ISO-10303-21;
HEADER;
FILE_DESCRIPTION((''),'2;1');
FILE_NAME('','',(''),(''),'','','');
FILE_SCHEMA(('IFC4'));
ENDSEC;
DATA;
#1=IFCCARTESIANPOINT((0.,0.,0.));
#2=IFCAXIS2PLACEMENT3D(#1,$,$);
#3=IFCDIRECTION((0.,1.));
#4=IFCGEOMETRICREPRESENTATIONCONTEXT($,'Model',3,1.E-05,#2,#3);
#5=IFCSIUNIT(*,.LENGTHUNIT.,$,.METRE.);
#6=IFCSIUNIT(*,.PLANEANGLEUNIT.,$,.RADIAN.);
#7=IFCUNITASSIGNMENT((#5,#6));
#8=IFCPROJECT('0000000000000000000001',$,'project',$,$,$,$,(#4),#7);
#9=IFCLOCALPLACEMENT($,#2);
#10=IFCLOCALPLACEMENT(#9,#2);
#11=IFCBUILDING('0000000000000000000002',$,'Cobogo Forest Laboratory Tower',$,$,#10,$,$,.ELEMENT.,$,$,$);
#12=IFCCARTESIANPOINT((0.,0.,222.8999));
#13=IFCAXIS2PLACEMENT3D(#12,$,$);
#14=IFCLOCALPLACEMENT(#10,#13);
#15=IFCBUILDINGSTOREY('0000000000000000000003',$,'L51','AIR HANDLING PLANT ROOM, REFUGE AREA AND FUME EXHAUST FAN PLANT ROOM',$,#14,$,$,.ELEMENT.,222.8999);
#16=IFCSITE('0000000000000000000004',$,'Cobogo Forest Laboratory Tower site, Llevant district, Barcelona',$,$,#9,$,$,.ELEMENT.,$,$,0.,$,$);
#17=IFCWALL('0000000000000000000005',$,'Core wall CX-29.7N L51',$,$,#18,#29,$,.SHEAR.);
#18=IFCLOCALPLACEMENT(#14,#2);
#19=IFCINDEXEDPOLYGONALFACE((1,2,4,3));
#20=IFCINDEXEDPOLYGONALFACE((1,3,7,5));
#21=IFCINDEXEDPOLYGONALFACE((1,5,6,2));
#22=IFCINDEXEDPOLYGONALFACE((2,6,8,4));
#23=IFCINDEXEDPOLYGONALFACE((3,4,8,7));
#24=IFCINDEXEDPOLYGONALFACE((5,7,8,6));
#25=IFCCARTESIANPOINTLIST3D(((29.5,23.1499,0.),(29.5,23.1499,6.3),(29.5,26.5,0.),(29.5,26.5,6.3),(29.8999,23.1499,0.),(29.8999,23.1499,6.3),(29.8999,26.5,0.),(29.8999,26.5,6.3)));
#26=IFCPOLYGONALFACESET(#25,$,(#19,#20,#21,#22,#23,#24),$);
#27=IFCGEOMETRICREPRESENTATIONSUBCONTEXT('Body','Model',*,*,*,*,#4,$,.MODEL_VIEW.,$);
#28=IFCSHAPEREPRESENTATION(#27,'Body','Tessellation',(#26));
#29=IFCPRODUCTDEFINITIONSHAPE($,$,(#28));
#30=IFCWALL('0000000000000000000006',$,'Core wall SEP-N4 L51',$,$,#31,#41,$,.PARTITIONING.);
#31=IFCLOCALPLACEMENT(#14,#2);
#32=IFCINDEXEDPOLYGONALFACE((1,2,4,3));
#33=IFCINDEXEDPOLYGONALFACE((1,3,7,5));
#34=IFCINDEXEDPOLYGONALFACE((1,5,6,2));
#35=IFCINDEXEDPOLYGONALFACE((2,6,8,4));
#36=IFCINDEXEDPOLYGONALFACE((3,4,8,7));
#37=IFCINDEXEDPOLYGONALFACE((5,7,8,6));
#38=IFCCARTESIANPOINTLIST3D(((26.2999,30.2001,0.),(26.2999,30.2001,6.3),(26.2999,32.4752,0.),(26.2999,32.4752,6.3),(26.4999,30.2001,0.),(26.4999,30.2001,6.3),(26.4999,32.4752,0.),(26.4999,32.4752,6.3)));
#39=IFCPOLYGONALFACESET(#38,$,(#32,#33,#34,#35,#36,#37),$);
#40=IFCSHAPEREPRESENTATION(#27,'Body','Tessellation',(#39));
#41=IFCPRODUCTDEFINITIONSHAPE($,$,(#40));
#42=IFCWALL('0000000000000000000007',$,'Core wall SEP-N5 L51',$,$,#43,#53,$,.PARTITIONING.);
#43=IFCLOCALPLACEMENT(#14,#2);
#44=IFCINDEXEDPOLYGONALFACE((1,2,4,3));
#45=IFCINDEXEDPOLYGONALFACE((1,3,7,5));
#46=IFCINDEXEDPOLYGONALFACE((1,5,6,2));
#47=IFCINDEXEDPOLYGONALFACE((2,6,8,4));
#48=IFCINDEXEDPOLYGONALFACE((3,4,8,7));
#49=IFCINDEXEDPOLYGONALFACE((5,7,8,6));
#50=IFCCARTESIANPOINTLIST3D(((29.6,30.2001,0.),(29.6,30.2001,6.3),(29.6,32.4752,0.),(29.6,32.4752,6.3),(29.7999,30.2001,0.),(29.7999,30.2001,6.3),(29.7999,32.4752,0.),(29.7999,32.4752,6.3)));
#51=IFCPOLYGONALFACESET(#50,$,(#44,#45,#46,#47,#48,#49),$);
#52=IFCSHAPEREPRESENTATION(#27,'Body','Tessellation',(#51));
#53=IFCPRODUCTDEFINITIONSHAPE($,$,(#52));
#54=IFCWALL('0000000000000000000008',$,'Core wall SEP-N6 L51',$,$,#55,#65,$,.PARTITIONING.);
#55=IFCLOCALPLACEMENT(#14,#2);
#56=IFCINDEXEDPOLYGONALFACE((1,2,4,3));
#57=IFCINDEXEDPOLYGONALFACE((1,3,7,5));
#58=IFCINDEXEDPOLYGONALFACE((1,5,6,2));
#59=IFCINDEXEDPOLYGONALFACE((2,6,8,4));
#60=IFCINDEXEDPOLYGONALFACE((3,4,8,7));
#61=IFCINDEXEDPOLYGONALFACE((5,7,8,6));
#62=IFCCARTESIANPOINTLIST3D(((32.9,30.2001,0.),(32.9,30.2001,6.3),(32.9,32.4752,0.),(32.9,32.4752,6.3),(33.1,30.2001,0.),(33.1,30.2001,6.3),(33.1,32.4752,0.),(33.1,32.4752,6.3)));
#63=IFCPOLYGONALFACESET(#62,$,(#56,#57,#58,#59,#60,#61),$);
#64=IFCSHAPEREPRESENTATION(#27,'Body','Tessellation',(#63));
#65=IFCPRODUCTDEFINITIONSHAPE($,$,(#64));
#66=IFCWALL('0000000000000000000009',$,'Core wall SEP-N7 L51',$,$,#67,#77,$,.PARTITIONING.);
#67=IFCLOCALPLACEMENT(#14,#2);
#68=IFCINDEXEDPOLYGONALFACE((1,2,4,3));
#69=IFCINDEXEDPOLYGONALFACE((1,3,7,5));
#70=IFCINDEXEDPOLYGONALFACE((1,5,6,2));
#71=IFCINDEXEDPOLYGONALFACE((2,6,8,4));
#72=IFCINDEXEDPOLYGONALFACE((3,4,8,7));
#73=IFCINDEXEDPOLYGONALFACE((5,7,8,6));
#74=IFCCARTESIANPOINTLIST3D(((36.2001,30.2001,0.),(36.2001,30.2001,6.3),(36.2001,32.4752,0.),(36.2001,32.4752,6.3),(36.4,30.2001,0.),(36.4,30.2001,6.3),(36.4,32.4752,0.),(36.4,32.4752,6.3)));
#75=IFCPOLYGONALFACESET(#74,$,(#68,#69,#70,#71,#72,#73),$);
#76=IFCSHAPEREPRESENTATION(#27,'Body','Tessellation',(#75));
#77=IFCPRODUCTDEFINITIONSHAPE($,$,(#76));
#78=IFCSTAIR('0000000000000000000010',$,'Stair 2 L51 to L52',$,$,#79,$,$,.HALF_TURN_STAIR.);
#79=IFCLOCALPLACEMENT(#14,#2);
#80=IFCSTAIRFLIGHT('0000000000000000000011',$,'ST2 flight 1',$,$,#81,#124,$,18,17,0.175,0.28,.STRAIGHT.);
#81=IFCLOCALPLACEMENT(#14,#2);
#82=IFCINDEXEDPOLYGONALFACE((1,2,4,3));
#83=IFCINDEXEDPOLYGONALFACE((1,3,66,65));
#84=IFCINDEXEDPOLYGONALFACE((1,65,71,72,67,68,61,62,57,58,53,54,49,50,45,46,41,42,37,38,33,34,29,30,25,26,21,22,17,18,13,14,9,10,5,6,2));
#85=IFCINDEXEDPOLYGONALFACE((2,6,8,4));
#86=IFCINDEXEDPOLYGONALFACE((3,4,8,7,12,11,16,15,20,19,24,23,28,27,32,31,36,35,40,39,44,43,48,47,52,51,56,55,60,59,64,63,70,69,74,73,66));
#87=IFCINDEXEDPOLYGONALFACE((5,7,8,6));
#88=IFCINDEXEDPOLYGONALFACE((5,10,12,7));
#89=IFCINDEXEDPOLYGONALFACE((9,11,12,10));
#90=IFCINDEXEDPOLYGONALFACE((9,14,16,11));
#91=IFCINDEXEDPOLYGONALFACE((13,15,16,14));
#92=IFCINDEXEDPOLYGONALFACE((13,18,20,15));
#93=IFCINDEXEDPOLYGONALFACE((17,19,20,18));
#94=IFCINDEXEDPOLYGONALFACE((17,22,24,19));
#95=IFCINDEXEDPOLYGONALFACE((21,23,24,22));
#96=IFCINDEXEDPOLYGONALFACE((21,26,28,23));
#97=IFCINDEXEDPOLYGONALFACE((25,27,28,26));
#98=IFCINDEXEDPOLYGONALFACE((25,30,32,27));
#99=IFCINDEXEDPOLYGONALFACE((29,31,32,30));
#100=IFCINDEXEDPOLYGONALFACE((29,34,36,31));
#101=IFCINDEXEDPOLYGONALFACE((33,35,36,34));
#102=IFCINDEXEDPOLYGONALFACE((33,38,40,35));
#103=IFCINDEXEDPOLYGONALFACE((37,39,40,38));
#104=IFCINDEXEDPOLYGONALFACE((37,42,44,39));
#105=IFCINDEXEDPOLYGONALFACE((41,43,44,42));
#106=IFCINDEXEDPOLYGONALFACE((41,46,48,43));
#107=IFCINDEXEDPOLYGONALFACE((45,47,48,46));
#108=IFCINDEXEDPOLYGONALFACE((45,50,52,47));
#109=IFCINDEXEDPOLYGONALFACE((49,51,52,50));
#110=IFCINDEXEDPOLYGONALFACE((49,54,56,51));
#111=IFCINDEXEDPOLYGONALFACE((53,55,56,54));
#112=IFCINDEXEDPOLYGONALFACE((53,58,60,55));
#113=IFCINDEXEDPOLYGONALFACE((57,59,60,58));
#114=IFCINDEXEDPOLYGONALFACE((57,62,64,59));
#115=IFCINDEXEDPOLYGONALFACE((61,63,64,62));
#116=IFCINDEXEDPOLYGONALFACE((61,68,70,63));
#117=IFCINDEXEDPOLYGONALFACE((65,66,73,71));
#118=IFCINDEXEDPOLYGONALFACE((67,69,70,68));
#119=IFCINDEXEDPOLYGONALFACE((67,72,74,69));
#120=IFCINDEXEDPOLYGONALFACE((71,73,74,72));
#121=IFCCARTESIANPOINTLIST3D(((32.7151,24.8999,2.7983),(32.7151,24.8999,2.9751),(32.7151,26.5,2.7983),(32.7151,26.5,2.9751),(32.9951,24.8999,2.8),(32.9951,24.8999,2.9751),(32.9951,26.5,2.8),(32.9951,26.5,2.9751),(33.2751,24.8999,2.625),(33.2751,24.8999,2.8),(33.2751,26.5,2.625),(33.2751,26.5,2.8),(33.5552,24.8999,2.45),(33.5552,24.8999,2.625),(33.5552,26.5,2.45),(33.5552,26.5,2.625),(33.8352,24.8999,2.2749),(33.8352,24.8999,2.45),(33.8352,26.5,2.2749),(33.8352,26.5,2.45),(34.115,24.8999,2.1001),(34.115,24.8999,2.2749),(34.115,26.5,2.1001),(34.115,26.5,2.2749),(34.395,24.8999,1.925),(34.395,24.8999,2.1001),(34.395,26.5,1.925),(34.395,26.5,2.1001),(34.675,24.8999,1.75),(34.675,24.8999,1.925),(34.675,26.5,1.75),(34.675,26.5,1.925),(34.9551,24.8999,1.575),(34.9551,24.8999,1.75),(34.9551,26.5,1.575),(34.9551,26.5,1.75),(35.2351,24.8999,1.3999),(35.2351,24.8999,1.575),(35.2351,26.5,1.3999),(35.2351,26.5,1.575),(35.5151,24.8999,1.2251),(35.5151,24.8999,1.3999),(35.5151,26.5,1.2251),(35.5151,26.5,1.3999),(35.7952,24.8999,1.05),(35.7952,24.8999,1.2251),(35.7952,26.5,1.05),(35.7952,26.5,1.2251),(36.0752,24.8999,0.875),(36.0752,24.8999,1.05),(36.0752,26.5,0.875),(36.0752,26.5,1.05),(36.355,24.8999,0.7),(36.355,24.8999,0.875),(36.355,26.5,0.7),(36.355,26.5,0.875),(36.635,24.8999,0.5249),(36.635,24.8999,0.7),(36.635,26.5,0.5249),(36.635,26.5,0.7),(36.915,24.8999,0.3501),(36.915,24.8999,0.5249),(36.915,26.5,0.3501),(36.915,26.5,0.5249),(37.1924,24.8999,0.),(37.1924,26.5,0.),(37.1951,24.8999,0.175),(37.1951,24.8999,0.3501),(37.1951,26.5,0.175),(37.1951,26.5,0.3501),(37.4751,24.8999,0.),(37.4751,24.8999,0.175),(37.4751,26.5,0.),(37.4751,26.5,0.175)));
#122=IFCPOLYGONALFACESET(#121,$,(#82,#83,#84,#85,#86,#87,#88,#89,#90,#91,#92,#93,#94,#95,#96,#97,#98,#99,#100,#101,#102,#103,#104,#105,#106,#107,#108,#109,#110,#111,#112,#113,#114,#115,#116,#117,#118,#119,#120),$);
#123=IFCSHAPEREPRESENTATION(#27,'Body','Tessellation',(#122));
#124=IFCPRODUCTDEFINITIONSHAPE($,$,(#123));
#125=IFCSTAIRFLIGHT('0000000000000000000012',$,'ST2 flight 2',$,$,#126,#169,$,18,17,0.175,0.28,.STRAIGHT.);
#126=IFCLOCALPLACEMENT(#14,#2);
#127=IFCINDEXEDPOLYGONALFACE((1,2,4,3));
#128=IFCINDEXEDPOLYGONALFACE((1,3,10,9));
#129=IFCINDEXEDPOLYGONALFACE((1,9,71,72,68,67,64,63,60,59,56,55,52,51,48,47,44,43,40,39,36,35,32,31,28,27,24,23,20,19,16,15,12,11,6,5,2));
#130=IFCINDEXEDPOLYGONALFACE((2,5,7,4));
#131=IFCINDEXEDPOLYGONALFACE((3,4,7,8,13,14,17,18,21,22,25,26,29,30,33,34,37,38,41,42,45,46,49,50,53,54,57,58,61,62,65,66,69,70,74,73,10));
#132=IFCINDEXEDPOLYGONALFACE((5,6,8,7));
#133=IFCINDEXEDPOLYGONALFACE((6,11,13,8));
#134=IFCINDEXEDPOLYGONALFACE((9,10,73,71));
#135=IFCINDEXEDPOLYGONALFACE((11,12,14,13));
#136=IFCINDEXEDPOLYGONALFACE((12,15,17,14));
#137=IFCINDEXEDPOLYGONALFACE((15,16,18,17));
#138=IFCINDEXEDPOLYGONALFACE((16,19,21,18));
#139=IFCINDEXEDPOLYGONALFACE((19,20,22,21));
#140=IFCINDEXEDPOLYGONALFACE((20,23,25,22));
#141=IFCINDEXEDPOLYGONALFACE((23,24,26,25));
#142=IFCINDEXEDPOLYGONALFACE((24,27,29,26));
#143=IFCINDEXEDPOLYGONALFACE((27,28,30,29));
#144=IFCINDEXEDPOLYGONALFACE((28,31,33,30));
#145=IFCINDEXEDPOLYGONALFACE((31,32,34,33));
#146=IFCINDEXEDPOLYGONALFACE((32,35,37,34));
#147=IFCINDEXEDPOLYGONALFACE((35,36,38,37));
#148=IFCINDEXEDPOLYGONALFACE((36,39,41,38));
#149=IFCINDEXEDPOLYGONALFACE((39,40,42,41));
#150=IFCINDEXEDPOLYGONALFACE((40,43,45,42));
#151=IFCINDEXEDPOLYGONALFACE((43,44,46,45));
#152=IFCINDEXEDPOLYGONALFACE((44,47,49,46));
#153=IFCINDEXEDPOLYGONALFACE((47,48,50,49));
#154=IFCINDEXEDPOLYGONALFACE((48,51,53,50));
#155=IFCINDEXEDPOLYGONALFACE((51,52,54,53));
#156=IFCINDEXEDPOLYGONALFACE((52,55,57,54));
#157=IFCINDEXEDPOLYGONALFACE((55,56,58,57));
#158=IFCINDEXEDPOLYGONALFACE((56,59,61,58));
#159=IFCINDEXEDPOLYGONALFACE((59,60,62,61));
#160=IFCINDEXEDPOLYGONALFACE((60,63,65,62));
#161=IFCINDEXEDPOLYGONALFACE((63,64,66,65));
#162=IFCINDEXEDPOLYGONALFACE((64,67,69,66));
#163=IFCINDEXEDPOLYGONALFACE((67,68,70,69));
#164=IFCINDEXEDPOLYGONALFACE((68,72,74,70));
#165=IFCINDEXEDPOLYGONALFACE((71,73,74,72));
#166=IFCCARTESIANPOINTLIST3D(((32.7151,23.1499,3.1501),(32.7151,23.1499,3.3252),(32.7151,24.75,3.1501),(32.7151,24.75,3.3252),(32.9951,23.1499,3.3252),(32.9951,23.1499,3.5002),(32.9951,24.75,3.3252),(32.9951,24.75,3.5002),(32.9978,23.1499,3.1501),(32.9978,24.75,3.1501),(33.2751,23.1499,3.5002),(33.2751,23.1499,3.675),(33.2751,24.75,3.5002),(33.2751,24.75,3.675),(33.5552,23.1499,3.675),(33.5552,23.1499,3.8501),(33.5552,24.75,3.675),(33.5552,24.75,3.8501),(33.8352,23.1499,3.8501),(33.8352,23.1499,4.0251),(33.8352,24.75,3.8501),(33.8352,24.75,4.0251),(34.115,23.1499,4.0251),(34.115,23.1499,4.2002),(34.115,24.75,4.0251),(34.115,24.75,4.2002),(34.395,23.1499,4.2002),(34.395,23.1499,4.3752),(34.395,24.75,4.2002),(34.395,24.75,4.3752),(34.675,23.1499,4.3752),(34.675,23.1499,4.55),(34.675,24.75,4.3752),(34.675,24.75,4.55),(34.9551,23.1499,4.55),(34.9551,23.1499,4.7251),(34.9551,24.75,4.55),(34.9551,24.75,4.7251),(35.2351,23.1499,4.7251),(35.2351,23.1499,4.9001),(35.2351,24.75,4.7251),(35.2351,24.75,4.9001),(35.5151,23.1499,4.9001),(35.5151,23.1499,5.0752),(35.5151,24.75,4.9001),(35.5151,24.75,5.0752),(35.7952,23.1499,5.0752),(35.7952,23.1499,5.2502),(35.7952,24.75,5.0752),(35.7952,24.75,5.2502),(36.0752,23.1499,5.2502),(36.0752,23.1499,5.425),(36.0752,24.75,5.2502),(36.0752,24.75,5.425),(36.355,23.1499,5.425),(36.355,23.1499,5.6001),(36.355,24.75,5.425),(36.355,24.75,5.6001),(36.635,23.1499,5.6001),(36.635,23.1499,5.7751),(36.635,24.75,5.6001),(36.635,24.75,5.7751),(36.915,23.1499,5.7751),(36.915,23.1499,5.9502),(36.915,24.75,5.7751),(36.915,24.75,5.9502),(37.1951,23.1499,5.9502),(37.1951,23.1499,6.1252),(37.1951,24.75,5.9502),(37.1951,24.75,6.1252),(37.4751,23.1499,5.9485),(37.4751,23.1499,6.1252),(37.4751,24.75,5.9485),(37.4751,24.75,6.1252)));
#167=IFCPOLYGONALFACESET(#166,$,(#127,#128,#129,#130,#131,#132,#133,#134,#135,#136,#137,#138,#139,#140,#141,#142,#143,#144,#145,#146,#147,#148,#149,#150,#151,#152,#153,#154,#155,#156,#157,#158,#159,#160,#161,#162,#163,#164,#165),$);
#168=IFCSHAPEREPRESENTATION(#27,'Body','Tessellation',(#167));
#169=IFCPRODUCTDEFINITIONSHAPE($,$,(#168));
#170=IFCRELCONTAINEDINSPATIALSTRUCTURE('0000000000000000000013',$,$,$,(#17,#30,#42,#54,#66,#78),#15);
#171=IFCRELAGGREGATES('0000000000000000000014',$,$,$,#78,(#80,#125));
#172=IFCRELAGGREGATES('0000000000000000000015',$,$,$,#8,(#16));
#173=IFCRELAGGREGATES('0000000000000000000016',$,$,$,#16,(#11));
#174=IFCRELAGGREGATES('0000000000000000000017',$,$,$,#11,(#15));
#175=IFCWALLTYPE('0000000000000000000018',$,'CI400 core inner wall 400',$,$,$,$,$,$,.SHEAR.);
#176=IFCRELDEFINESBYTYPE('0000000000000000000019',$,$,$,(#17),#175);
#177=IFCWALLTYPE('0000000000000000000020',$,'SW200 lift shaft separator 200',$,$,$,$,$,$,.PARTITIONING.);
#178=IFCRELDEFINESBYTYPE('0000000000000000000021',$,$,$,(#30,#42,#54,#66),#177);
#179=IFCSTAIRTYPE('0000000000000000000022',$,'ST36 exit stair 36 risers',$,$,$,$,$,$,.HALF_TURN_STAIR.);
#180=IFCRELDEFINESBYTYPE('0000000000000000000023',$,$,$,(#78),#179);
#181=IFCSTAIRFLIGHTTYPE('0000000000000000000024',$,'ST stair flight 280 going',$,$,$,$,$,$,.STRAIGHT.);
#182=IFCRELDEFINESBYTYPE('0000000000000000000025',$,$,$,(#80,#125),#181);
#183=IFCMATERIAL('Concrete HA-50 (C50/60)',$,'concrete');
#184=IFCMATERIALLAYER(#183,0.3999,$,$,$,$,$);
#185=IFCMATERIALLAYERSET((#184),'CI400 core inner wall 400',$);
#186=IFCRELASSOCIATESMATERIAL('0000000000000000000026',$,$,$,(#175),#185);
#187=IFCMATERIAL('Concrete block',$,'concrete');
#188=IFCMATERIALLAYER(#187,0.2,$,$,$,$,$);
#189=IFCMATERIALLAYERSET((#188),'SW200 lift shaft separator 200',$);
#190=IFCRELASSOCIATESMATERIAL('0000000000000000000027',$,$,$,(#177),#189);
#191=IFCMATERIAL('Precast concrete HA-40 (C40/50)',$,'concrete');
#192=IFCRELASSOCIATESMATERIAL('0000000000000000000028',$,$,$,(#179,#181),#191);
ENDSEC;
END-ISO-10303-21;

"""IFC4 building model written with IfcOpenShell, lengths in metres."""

from ifc_helpers import new_model, si_unit, direction, frame, frame_2d, origin, place, context, subcontext, project, spatial, polyline, rectangle, outline, extrude, material, layer, layer_set, type_object, element, aggregate, save


model = new_model("IFC4")

# Units and contexts
model_context = context("Model", 3, precision=1e-05, world=origin(), true_north=direction((0.0, 1.0)))
body_context = subcontext(model_context, "Body", "Model", "MODEL_VIEW")
ifc_project = project(units=[si_unit("LENGTHUNIT", "METRE"), si_unit("PLANEANGLEUNIT", "RADIAN")], contexts=[model_context])

# Site, building, storey
site_placement = place(None, origin())
site = spatial("IfcSite", under=ifc_project, at=site_placement, Name="Cobogo Forest Laboratory Tower site, Llevant district, Barcelona", CompositionType="ELEMENT", RefElevation=0.0)
building_placement = place(site_placement, origin())
building = spatial("IfcBuilding", under=site, at=building_placement, Name="Cobogo Forest Laboratory Tower", CompositionType="ELEMENT")
storey_placement = place(building_placement, frame((0.0, 0.0, 222.8999)))
storey = spatial("IfcBuildingStorey", under=building, at=storey_placement, Name="L51", Description="AIR HANDLING PLANT ROOM, REFUGE AREA AND FUME EXHAUST FAN PLANT ROOM", CompositionType="ELEMENT", Elevation=222.8999)

# Walls
ifc_material_1 = material(Name="Concrete HA-50 (C50/60)", Category="concrete")
ifc_layer_1 = layer(ifc_material_1, 0.3999)
ifc_layer_set_1 = layer_set([ifc_layer_1], Name="CI400 core inner wall 400")
wall_type_1 = type_object("IfcWallType", Name="CI400 core inner wall 400", PredefinedType="SHEAR", material=ifc_layer_set_1)
wall_placement = place(storey_placement, frame((29.7, 23.1499, 0.0), z_axis=(0.0, 0.0, 1.0), x_axis=(0.0, 1.0, 0.0)))
element("IfcWall", 1, at=wall_placement, inside=storey, type_object=wall_type_1, Name="Core wall CX-29.7N L51", PredefinedType="SHEAR", context=body_context, shape_type="SweptSolid", body=[
    extrude(rectangle(XDim=3.3501, YDim=0.3999, at=frame_2d((1.675, 0.0))), origin(), (0.0, 0.0, 1.0), 6.3),
])
ifc_material_2 = material(Name="Concrete block", Category="concrete")
ifc_layer_2 = layer(ifc_material_2, 0.2)
ifc_layer_set_2 = layer_set([ifc_layer_2], Name="SW200 lift shaft separator 200")
wall_type_2 = type_object("IfcWallType", Name="SW200 lift shaft separator 200", PredefinedType="PARTITIONING", material=ifc_layer_set_2)
for number, where, z_axis, x_axis, name in (
    (2, (26.3999, 30.2, 0.0), (0.0, 0.0, 1.0), (0.0, 1.0, 0.0), "Core wall SEP-N4 L51"),
    (3, (29.7, 30.2, 0.0), (0.0, 0.0, 1.0), (0.0, 1.0, 0.0), "Core wall SEP-N5 L51"),
    (4, (33.0, 30.2, 0.0), (0.0, 0.0, 1.0), (0.0, 1.0, 0.0), "Core wall SEP-N6 L51"),
    (5, (36.3, 30.2, 0.0), (0.0, 0.0, 1.0), (0.0, 1.0, 0.0), "Core wall SEP-N7 L51"),
):
    element("IfcWall", number, at=place(storey_placement, frame(where, z_axis=z_axis, x_axis=x_axis)), inside=storey, type_object=wall_type_2, Name=name, PredefinedType="PARTITIONING", context=body_context, shape_type="SweptSolid", body=[
        extrude(rectangle(XDim=2.2751, YDim=0.2, at=frame_2d((1.1377, 0.0))), origin(), (0.0, 0.0, 1.0), 6.3),
    ])

# Stair, stair flights
ifc_material_3 = material(Name="Precast concrete HA-40 (C40/50)", Category="concrete")
stair_type = type_object("IfcStairType", Name="ST36 exit stair 36 risers", PredefinedType="HALF_TURN_STAIR", material=ifc_material_3)
stair_placement = place(storey_placement, origin())
stair = element("IfcStair", 6, at=stair_placement, inside=storey, type_object=stair_type, Name="Stair 2 L51 to L52", PredefinedType="HALF_TURN_STAIR")
stair_flight_type = type_object("IfcStairFlightType", Name="ST stair flight 280 going", PredefinedType="STRAIGHT", material=ifc_material_3)
stair_flight_1_placement = place(storey_placement, frame((37.4751, 25.7, 0.0), z_axis=(0.0, 0.0, 1.0), x_axis=(-1.0, 0.0, 0.0)))
stair_flight_1 = element("IfcStairFlight", 7, at=stair_flight_1_placement, type_object=stair_flight_type, Name="ST2 flight 1", NumberOfRisers=18, NumberOfTreads=17, PredefinedType="STRAIGHT", RiserHeight=0.175, TreadLength=0.28, context=body_context, shape_type="SweptSolid", body=[
    extrude(outline(polyline([(0.0, 0.0), (0.0, 0.175), (0.28, 0.175), (0.28, 0.3501), (0.5601, 0.3501), (0.5601, 0.5249), (0.8401, 0.5249), (0.8401, 0.7), (1.1201, 0.7), (1.1201, 0.875), (1.3999, 0.875), (1.3999, 1.05), (1.6799, 1.05), (1.6799, 1.2251), (1.96, 1.2251), (1.96, 1.3999), (2.24, 1.3999), (2.24, 1.575), (2.52, 1.575), (2.52, 1.75), (2.8, 1.75), (2.8, 1.925), (3.0801, 1.925), (3.0801, 2.1001), (3.3601, 2.1001), (3.3601, 2.2749), (3.6399, 2.2749), (3.6399, 2.45), (3.9199, 2.45), (3.9199, 2.625), (4.2, 2.625), (4.2, 2.8), (4.48, 2.8), (4.48, 2.9751), (4.76, 2.9751), (4.76, 3.1499), (4.76, 2.7983), (0.2827, 0.0), (0.0, 0.0)])), frame((0.0, 0.8, 0.0), z_axis=(0.0, -1.0, 0.0), x_axis=(1.0, 0.0, 0.0)), (0.0, 0.0, 1.0), 1.6001),
])
stair_flight_2_placement = place(storey_placement, frame((32.7151, 23.95, 3.1501), z_axis=(0.0, 0.0, 1.0), x_axis=(1.0, 0.0, 0.0)))
stair_flight_2 = element("IfcStairFlight", 8, at=stair_flight_2_placement, type_object=stair_flight_type, Name="ST2 flight 2", NumberOfRisers=18, NumberOfTreads=17, PredefinedType="STRAIGHT", RiserHeight=0.175, TreadLength=0.28, context=body_context, shape_type="SweptSolid", body=[
    extrude(outline(polyline([(0.0, 0.0), (0.0, 0.175), (0.28, 0.175), (0.28, 0.3501), (0.5601, 0.3501), (0.5601, 0.5249), (0.8401, 0.5249), (0.8401, 0.7), (1.1201, 0.7), (1.1201, 0.875), (1.3999, 0.875), (1.3999, 1.05), (1.6799, 1.05), (1.6799, 1.2251), (1.96, 1.2251), (1.96, 1.3999), (2.24, 1.3999), (2.24, 1.575), (2.52, 1.575), (2.52, 1.75), (2.8, 1.75), (2.8, 1.925), (3.0801, 1.925), (3.0801, 2.1001), (3.3601, 2.1001), (3.3601, 2.2749), (3.6399, 2.2749), (3.6399, 2.45), (3.9199, 2.45), (3.9199, 2.625), (4.2, 2.625), (4.2, 2.8), (4.48, 2.8), (4.48, 2.9751), (4.76, 2.9751), (4.76, 3.1499), (4.76, 2.7983), (0.2827, 0.0), (0.0, 0.0)])), frame((0.0, 0.8, 0.0), z_axis=(0.0, -1.0, 0.0), x_axis=(1.0, 0.0, 0.0)), (0.0, 0.0, 1.0), 1.6001),
])
aggregate(stair, [stair_flight_1, stair_flight_2])

save(model, "model.ifc")
